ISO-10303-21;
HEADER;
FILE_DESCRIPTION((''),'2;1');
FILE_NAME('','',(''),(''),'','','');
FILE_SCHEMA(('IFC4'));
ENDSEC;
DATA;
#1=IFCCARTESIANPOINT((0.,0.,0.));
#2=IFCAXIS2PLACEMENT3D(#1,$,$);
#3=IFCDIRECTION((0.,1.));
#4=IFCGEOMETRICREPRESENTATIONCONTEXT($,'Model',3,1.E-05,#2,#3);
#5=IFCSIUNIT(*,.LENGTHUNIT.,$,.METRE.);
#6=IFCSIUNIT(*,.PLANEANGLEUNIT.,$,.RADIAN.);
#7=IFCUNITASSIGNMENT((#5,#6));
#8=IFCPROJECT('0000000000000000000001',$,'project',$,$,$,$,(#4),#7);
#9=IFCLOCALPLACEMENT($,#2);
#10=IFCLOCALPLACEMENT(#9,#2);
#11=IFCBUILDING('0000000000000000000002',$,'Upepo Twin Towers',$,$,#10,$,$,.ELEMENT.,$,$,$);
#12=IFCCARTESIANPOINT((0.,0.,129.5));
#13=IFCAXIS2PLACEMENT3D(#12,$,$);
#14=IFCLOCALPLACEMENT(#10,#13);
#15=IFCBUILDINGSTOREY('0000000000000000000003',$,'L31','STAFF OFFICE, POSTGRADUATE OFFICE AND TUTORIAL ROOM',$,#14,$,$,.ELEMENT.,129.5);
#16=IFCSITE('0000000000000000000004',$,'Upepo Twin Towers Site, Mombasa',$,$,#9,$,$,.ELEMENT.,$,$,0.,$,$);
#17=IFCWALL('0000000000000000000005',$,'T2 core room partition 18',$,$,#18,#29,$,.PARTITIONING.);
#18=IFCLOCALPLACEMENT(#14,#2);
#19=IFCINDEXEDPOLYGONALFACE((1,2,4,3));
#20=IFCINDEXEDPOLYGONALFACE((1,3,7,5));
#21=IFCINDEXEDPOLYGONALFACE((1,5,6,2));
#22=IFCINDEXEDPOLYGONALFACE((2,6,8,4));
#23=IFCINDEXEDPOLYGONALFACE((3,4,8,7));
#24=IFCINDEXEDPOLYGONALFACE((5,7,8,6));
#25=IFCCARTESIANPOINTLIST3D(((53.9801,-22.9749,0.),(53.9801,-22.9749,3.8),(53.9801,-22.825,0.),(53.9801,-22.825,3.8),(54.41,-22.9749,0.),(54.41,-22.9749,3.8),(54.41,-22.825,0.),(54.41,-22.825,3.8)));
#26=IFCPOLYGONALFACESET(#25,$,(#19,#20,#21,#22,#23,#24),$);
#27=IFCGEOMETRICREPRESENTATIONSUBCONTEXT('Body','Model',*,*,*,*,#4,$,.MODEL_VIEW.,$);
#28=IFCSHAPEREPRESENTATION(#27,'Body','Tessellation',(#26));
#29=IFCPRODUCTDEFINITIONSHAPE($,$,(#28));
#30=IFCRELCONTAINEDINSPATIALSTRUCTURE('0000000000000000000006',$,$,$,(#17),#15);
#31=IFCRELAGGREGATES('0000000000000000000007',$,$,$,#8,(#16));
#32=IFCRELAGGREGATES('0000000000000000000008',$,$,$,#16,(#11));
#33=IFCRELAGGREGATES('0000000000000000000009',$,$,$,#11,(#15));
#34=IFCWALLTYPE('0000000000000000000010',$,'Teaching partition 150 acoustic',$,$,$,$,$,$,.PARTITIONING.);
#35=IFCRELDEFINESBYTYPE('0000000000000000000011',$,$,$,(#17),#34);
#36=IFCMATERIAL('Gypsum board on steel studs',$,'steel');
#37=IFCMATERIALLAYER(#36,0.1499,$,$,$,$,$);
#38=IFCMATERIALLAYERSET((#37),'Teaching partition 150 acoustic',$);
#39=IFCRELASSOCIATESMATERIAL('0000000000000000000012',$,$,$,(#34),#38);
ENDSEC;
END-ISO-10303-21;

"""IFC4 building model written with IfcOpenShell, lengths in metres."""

from ifc_helpers import new_model, si_unit, direction, frame, frame_2d, origin, place, context, subcontext, project, spatial, rectangle, extrude, material, layer, layer_set, type_object, element, save


model = new_model("IFC4")

# Units and contexts
model_context = context("Model", 3, precision=1e-05, world=origin(), true_north=direction((0.0, 1.0)))
body_context = subcontext(model_context, "Body", "Model", "MODEL_VIEW")
ifc_project = project(units=[si_unit("LENGTHUNIT", "METRE"), si_unit("PLANEANGLEUNIT", "RADIAN")], contexts=[model_context])

# Site, building, storey
site_placement = place(None, origin())
site = spatial("IfcSite", under=ifc_project, at=site_placement, Name="Upepo Twin Towers Site, Mombasa", CompositionType="ELEMENT", RefElevation=0.0)
building_placement = place(site_placement, origin())
building = spatial("IfcBuilding", under=site, at=building_placement, Name="Upepo Twin Towers", CompositionType="ELEMENT")
storey_placement = place(building_placement, frame((0.0, 0.0, 129.5)))
storey = spatial("IfcBuildingStorey", under=building, at=storey_placement, Name="L31", Description="STAFF OFFICE, POSTGRADUATE OFFICE AND TUTORIAL ROOM", CompositionType="ELEMENT", Elevation=129.5)

# Shared definitions
ifc_material_1 = material(Name="Gypsum board on steel studs", Category="steel")
ifc_layer_1 = layer(ifc_material_1, 0.1499)
ifc_layer_set_1 = layer_set([ifc_layer_1], Name="Teaching partition 150 acoustic")
wall_type_1 = type_object("IfcWallType", Name="Teaching partition 150 acoustic", PredefinedType="PARTITIONING", material=ifc_layer_set_1)

# Wall
wall_1_placement = place(storey_placement, frame((54.4099, -22.8999, 0.0), z_axis=(0.0, 0.0, 1.0), x_axis=(-1.0, 0.0, 0.0)))
element("IfcWall", 1, at=wall_1_placement, inside=storey, type_object=wall_type_1, Name="T2 core room partition 18", PredefinedType="PARTITIONING", context=body_context, shape_type="SweptSolid", body=[
    extrude(rectangle(XDim=0.4299, YDim=0.1499, at=frame_2d((0.2148, 0.0))), origin(), (0.0, 0.0, 1.0), 3.8),
])

save(model, "model.ifc")
